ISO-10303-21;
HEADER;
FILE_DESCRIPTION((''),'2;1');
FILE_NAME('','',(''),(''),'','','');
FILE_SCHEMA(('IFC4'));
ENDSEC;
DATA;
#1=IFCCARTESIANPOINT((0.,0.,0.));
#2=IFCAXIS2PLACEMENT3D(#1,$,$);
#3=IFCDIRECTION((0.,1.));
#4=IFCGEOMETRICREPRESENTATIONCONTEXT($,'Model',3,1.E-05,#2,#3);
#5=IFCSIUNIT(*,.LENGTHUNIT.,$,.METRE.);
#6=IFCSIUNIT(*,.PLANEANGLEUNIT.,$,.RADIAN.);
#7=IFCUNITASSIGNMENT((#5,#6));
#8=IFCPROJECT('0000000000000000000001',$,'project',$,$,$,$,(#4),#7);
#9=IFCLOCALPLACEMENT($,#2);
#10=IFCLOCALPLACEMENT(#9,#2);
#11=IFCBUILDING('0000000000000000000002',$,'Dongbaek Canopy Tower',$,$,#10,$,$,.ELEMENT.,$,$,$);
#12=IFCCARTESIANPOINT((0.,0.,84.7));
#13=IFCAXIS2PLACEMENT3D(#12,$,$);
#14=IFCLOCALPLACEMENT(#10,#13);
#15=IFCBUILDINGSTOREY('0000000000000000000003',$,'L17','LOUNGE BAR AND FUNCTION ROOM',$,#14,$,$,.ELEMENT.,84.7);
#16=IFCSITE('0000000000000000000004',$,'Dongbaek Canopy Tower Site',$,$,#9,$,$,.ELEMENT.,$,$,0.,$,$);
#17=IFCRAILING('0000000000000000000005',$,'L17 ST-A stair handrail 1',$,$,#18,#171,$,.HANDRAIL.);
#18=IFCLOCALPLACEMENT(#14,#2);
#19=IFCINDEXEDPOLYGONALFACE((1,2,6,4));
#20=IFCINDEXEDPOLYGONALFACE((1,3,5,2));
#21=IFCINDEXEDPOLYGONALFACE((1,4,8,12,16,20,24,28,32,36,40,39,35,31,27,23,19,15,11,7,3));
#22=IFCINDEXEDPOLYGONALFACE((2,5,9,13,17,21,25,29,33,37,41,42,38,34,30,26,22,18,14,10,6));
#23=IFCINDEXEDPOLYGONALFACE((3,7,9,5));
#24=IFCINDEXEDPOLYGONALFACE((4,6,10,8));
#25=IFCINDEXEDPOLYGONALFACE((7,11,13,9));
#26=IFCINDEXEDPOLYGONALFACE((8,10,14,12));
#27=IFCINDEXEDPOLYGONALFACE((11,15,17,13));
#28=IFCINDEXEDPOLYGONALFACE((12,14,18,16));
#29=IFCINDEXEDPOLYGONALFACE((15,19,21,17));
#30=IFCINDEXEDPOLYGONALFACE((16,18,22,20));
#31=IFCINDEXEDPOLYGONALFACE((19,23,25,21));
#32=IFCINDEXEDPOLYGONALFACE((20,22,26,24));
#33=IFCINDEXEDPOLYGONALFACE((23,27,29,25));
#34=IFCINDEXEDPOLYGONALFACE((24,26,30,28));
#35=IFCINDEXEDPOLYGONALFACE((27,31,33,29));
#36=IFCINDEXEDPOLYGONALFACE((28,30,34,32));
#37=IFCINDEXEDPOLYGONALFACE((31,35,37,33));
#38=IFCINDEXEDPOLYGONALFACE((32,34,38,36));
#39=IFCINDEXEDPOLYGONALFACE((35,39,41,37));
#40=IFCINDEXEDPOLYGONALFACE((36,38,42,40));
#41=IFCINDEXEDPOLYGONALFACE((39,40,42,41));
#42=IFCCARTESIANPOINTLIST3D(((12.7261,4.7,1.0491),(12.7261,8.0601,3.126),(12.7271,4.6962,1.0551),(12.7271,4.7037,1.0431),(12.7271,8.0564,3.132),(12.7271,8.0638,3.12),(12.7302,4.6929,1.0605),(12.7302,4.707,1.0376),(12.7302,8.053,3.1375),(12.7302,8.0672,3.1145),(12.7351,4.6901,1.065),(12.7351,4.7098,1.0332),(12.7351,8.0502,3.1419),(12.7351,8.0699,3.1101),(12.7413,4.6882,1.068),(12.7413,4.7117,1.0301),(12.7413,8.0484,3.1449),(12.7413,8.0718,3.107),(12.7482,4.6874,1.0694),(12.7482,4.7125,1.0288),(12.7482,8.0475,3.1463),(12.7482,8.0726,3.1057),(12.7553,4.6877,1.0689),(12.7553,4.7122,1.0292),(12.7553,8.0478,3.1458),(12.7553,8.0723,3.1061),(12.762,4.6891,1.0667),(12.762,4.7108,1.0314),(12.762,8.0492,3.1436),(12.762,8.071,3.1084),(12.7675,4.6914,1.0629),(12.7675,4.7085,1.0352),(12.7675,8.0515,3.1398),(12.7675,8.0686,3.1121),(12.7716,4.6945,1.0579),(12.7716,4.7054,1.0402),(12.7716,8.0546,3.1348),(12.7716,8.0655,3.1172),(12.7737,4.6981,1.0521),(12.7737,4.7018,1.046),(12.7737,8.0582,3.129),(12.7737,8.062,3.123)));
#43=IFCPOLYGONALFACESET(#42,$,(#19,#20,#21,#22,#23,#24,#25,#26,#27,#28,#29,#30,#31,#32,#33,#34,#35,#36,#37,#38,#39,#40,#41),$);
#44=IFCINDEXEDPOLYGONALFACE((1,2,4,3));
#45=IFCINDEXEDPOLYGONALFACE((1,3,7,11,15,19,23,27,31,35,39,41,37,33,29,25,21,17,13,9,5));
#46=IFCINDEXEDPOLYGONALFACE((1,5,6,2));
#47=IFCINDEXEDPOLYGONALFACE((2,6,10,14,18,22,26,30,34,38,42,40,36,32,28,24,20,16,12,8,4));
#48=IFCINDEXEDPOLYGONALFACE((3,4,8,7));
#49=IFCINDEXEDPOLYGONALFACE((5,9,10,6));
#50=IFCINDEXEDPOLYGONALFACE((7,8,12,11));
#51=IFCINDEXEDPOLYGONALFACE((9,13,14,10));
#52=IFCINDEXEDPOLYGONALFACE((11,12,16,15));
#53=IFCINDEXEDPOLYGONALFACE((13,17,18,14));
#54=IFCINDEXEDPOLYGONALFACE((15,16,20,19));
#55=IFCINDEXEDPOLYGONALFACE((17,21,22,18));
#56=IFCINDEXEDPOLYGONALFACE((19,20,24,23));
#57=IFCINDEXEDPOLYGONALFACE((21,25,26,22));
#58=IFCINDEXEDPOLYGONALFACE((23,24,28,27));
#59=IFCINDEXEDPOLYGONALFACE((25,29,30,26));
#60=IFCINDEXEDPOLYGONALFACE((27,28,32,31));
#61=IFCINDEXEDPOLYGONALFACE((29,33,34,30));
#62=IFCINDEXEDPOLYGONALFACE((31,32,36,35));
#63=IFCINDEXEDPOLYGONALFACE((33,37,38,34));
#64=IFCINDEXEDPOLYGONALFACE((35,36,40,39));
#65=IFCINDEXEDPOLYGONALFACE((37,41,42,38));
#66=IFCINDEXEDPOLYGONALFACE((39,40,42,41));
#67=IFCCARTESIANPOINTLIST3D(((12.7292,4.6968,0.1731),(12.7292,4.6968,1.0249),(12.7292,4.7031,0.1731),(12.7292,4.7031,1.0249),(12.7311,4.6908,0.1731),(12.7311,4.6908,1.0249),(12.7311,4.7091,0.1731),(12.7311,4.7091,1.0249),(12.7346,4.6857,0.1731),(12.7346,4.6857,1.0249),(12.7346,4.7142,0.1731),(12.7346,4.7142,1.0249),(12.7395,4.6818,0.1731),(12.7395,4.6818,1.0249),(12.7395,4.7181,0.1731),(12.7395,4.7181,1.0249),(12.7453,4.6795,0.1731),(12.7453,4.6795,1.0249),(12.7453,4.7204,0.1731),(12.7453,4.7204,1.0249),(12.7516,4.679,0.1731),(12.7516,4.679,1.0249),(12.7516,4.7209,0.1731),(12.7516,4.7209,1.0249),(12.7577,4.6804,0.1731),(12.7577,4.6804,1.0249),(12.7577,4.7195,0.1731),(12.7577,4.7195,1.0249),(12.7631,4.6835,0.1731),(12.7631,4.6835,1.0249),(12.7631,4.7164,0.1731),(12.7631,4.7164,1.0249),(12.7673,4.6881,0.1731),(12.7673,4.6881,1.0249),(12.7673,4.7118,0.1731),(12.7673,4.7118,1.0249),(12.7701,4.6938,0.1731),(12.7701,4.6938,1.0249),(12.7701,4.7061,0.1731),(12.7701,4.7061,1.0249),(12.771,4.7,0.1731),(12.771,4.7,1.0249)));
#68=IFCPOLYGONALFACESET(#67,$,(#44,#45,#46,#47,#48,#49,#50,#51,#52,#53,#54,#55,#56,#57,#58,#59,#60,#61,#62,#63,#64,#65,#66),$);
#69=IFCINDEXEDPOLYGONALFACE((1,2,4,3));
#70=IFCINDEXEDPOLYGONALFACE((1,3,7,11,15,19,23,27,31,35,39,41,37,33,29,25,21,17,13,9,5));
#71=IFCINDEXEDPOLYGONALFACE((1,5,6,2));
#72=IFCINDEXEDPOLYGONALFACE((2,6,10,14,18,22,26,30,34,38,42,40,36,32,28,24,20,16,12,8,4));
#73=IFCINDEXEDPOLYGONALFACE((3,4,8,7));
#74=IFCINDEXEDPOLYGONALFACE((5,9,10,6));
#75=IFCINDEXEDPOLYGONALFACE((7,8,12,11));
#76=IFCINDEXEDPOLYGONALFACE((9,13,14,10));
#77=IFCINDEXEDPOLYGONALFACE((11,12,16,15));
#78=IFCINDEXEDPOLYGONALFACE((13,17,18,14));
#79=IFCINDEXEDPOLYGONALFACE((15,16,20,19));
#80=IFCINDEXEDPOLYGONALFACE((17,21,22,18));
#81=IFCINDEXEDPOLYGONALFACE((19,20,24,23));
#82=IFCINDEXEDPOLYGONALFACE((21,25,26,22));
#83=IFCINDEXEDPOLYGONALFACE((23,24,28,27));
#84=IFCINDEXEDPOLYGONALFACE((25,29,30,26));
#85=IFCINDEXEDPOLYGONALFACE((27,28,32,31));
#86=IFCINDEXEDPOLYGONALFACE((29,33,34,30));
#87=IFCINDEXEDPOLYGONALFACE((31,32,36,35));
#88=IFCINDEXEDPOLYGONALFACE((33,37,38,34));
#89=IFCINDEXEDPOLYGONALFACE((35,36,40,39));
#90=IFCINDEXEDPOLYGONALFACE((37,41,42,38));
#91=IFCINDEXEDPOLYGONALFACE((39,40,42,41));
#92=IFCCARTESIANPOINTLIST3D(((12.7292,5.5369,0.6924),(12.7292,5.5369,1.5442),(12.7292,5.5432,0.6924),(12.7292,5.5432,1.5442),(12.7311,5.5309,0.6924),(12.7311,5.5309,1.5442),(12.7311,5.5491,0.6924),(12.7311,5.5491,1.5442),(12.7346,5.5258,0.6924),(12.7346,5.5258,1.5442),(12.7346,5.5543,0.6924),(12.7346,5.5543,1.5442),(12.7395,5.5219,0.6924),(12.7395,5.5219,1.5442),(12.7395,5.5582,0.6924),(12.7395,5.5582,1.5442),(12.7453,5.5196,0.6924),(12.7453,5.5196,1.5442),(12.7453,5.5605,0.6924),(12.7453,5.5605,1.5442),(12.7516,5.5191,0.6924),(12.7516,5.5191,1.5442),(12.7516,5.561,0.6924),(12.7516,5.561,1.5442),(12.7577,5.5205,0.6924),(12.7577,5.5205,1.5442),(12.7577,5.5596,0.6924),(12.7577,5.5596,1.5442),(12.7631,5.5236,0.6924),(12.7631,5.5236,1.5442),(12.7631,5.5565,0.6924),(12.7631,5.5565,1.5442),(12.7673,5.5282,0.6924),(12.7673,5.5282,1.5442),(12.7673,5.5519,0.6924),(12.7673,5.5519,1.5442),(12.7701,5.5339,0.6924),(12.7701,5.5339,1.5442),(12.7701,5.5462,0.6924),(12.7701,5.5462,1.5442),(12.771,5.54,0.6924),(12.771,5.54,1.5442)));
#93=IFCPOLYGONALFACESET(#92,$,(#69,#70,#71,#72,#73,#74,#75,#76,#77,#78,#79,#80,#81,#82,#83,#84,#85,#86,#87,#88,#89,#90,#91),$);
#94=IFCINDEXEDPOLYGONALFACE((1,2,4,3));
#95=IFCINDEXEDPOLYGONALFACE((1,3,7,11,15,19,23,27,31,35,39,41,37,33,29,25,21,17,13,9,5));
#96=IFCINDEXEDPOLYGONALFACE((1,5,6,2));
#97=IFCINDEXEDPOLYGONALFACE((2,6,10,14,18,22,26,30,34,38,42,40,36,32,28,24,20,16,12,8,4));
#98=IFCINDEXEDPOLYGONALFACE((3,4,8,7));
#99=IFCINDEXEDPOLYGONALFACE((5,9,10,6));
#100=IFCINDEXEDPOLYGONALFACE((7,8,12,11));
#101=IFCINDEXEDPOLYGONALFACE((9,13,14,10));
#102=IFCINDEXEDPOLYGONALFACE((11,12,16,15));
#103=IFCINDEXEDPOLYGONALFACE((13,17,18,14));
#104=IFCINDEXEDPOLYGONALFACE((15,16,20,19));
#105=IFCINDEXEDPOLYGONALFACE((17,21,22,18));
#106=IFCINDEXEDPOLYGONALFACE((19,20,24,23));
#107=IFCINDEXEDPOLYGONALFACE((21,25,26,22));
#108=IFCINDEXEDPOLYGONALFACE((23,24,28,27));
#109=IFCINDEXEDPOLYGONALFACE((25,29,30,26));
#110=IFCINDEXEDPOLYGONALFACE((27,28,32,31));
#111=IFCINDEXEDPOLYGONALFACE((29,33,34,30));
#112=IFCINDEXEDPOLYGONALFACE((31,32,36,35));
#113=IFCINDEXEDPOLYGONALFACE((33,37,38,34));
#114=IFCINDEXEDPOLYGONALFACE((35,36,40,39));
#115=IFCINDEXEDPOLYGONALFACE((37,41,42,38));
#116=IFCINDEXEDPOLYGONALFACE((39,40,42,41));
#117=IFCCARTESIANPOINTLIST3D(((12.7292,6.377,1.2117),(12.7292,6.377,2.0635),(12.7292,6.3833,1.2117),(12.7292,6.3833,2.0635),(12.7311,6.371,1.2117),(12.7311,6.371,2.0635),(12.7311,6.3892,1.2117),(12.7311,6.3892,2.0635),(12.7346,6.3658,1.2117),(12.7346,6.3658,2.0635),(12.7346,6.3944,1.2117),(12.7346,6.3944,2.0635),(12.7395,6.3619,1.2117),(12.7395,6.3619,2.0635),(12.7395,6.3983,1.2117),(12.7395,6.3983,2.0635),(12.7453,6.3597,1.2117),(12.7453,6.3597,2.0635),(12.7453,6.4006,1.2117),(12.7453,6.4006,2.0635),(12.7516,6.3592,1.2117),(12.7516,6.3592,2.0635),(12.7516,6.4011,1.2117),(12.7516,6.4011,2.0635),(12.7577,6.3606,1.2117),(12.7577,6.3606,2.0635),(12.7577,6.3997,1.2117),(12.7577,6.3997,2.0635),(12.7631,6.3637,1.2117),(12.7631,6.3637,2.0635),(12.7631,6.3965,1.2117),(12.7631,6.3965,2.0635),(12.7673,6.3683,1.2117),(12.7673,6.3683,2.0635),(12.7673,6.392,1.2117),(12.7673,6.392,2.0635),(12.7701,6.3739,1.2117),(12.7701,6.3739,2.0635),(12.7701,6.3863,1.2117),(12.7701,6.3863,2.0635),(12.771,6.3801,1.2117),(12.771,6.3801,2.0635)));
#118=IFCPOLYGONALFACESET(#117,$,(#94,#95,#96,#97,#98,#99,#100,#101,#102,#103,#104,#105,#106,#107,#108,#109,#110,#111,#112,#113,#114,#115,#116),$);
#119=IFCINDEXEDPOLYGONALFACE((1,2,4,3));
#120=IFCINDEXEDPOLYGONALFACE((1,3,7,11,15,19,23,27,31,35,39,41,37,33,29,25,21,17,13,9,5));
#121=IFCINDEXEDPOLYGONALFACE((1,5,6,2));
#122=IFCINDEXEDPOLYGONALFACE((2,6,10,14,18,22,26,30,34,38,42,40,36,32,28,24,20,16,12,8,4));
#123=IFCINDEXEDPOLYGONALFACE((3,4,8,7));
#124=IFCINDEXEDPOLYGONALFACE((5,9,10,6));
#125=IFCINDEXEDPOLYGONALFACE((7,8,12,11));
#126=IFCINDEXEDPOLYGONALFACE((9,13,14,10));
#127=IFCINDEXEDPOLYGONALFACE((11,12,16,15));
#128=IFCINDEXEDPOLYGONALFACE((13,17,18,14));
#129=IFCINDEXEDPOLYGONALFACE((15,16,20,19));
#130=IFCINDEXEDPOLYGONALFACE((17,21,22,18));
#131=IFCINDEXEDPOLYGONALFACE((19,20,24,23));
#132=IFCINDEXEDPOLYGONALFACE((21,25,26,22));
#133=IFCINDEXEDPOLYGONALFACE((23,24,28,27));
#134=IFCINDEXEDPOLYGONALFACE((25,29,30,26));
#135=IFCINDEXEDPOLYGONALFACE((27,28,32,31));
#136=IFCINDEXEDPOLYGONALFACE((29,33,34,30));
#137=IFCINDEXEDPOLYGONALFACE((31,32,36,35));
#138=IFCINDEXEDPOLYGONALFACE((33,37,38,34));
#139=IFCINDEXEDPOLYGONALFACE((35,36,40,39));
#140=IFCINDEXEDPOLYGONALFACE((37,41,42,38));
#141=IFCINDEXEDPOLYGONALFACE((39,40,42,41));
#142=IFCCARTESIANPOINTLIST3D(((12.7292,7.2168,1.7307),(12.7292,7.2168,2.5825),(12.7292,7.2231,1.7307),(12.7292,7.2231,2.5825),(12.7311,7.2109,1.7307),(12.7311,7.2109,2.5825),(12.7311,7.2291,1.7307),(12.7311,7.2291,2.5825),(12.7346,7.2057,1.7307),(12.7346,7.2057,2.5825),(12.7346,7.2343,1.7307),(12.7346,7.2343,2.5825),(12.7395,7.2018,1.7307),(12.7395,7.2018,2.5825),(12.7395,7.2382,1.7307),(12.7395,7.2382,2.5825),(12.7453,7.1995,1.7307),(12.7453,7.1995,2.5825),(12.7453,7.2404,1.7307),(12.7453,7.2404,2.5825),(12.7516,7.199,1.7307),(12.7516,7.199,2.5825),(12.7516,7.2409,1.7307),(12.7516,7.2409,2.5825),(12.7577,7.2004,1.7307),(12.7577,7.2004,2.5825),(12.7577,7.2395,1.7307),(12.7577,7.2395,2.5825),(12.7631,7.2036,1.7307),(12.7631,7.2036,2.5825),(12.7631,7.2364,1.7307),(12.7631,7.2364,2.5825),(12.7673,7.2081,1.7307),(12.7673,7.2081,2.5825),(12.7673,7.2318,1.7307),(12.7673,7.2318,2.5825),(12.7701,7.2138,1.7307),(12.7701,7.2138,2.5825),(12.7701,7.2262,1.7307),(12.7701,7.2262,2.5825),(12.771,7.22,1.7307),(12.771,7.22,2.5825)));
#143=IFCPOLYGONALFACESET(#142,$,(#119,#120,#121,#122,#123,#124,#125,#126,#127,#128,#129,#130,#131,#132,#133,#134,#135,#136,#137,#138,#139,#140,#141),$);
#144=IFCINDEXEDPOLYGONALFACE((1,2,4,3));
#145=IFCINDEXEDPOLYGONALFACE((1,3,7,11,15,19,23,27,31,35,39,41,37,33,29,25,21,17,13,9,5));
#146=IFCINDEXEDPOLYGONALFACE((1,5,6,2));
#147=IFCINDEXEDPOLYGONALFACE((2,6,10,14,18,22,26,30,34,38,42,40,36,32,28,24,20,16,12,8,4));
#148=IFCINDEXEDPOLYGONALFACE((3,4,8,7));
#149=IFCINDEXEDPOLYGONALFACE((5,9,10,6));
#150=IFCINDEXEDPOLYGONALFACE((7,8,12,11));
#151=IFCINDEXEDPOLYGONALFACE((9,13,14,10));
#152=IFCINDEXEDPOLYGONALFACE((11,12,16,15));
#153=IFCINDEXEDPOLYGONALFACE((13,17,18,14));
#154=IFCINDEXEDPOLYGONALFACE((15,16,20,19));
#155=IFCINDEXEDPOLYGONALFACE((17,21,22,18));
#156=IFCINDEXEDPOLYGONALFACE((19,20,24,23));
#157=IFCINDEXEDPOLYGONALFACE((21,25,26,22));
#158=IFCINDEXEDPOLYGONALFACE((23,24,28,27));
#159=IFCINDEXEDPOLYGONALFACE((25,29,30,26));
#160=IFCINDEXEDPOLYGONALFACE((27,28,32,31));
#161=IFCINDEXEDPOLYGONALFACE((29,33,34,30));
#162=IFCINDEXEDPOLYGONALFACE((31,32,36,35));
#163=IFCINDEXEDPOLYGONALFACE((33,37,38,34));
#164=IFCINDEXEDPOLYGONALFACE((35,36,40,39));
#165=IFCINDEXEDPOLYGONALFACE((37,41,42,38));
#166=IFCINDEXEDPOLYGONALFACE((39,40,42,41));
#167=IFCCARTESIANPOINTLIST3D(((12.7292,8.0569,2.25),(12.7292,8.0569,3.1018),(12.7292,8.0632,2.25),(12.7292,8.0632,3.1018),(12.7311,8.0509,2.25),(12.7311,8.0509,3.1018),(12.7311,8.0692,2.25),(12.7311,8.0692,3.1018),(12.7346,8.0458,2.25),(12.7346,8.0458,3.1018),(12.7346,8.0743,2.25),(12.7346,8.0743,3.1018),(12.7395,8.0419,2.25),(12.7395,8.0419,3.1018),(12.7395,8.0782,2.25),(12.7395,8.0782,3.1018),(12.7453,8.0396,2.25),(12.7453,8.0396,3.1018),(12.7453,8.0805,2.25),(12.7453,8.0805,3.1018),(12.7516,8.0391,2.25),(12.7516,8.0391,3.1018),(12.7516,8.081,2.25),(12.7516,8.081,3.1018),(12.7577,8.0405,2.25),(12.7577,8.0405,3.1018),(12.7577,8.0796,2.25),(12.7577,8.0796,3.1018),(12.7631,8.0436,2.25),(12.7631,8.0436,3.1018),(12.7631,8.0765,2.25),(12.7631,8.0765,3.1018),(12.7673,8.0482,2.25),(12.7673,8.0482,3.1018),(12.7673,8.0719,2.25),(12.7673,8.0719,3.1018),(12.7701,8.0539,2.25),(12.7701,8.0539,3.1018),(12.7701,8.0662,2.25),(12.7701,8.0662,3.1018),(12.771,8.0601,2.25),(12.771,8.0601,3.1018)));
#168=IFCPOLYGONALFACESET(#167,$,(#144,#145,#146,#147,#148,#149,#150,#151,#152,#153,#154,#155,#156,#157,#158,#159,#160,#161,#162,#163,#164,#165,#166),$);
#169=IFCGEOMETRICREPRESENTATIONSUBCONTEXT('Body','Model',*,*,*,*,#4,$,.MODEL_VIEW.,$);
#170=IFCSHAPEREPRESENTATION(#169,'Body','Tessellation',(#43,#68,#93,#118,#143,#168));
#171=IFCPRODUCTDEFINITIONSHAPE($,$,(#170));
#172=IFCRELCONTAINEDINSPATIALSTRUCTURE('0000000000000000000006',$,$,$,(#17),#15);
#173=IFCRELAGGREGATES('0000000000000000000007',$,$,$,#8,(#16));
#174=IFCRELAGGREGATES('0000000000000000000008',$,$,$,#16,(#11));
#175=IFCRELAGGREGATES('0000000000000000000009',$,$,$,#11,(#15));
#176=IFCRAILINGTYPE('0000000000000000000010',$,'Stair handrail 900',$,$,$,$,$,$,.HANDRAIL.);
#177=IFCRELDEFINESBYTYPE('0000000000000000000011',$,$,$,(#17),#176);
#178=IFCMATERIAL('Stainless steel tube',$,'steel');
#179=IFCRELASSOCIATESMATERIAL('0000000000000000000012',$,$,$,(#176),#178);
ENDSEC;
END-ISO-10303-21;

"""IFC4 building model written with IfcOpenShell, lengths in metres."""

from ifc_helpers import new_model, si_unit, direction, frame, origin, origin_2d, place, context, subcontext, project, spatial, circle, extrude, material, type_object, element, save


model = new_model("IFC4")

# Units and contexts
model_context = context("Model", 3, precision=1e-05, world=origin(), true_north=direction((0.0, 1.0)))
body_context = subcontext(model_context, "Body", "Model", "MODEL_VIEW")
ifc_project = project(units=[si_unit("LENGTHUNIT", "METRE"), si_unit("PLANEANGLEUNIT", "RADIAN")], contexts=[model_context])

# Site, building, storey
site_placement = place(None, origin())
site = spatial("IfcSite", under=ifc_project, at=site_placement, Name="Dongbaek Canopy Tower Site", CompositionType="ELEMENT", RefElevation=0.0)
building_placement = place(site_placement, origin())
building = spatial("IfcBuilding", under=site, at=building_placement, Name="Dongbaek Canopy Tower", CompositionType="ELEMENT")
storey_placement = place(building_placement, frame((0.0, 0.0, 84.7)))
storey = spatial("IfcBuildingStorey", under=building, at=storey_placement, Name="L17", Description="LOUNGE BAR AND FUNCTION ROOM", CompositionType="ELEMENT", Elevation=84.7)

# Railing
ifc_material_1 = material(Name="Stainless steel tube", Category="steel")
railing_type_1 = type_object("IfcRailingType", Name="Stair handrail 900", PredefinedType="HANDRAIL", material=ifc_material_1)
railing_1_placement = place(storey_placement, frame((12.75, 4.7, 0.1731)))
element("IfcRailing", 1, at=railing_1_placement, inside=storey, type_object=railing_type_1, Name="L17 ST-A stair handrail 1", PredefinedType="HANDRAIL", context=body_context, shape_type="SweptSolid", body=[
    extrude(circle(Radius=0.0239, at=origin_2d()), frame((0.0, 0.0, 0.876), z_axis=(0.0, 0.850623, 0.525776), x_axis=(-1.0, 0.0, 0.0)), (0.0, 0.0, 1.0), 3.9502),
    extrude(circle(Radius=0.021, at=origin_2d()), origin(), (0.0, 0.0, 1.0), 0.8518),
    extrude(circle(Radius=0.021, at=origin_2d()), frame((0.0, 0.8401, 0.5193)), (0.0, 0.0, 1.0), 0.8518),
    extrude(circle(Radius=0.021, at=origin_2d()), frame((0.0, 1.6802, 1.0386)), (0.0, 0.0, 1.0), 0.8518),
    extrude(circle(Radius=0.021, at=origin_2d()), frame((0.0, 2.52, 1.5576)), (0.0, 0.0, 1.0), 0.8518),
    extrude(circle(Radius=0.021, at=origin_2d()), frame((0.0, 3.3601, 2.0769)), (0.0, 0.0, 1.0), 0.8518),
])

save(model, "model.ifc")
